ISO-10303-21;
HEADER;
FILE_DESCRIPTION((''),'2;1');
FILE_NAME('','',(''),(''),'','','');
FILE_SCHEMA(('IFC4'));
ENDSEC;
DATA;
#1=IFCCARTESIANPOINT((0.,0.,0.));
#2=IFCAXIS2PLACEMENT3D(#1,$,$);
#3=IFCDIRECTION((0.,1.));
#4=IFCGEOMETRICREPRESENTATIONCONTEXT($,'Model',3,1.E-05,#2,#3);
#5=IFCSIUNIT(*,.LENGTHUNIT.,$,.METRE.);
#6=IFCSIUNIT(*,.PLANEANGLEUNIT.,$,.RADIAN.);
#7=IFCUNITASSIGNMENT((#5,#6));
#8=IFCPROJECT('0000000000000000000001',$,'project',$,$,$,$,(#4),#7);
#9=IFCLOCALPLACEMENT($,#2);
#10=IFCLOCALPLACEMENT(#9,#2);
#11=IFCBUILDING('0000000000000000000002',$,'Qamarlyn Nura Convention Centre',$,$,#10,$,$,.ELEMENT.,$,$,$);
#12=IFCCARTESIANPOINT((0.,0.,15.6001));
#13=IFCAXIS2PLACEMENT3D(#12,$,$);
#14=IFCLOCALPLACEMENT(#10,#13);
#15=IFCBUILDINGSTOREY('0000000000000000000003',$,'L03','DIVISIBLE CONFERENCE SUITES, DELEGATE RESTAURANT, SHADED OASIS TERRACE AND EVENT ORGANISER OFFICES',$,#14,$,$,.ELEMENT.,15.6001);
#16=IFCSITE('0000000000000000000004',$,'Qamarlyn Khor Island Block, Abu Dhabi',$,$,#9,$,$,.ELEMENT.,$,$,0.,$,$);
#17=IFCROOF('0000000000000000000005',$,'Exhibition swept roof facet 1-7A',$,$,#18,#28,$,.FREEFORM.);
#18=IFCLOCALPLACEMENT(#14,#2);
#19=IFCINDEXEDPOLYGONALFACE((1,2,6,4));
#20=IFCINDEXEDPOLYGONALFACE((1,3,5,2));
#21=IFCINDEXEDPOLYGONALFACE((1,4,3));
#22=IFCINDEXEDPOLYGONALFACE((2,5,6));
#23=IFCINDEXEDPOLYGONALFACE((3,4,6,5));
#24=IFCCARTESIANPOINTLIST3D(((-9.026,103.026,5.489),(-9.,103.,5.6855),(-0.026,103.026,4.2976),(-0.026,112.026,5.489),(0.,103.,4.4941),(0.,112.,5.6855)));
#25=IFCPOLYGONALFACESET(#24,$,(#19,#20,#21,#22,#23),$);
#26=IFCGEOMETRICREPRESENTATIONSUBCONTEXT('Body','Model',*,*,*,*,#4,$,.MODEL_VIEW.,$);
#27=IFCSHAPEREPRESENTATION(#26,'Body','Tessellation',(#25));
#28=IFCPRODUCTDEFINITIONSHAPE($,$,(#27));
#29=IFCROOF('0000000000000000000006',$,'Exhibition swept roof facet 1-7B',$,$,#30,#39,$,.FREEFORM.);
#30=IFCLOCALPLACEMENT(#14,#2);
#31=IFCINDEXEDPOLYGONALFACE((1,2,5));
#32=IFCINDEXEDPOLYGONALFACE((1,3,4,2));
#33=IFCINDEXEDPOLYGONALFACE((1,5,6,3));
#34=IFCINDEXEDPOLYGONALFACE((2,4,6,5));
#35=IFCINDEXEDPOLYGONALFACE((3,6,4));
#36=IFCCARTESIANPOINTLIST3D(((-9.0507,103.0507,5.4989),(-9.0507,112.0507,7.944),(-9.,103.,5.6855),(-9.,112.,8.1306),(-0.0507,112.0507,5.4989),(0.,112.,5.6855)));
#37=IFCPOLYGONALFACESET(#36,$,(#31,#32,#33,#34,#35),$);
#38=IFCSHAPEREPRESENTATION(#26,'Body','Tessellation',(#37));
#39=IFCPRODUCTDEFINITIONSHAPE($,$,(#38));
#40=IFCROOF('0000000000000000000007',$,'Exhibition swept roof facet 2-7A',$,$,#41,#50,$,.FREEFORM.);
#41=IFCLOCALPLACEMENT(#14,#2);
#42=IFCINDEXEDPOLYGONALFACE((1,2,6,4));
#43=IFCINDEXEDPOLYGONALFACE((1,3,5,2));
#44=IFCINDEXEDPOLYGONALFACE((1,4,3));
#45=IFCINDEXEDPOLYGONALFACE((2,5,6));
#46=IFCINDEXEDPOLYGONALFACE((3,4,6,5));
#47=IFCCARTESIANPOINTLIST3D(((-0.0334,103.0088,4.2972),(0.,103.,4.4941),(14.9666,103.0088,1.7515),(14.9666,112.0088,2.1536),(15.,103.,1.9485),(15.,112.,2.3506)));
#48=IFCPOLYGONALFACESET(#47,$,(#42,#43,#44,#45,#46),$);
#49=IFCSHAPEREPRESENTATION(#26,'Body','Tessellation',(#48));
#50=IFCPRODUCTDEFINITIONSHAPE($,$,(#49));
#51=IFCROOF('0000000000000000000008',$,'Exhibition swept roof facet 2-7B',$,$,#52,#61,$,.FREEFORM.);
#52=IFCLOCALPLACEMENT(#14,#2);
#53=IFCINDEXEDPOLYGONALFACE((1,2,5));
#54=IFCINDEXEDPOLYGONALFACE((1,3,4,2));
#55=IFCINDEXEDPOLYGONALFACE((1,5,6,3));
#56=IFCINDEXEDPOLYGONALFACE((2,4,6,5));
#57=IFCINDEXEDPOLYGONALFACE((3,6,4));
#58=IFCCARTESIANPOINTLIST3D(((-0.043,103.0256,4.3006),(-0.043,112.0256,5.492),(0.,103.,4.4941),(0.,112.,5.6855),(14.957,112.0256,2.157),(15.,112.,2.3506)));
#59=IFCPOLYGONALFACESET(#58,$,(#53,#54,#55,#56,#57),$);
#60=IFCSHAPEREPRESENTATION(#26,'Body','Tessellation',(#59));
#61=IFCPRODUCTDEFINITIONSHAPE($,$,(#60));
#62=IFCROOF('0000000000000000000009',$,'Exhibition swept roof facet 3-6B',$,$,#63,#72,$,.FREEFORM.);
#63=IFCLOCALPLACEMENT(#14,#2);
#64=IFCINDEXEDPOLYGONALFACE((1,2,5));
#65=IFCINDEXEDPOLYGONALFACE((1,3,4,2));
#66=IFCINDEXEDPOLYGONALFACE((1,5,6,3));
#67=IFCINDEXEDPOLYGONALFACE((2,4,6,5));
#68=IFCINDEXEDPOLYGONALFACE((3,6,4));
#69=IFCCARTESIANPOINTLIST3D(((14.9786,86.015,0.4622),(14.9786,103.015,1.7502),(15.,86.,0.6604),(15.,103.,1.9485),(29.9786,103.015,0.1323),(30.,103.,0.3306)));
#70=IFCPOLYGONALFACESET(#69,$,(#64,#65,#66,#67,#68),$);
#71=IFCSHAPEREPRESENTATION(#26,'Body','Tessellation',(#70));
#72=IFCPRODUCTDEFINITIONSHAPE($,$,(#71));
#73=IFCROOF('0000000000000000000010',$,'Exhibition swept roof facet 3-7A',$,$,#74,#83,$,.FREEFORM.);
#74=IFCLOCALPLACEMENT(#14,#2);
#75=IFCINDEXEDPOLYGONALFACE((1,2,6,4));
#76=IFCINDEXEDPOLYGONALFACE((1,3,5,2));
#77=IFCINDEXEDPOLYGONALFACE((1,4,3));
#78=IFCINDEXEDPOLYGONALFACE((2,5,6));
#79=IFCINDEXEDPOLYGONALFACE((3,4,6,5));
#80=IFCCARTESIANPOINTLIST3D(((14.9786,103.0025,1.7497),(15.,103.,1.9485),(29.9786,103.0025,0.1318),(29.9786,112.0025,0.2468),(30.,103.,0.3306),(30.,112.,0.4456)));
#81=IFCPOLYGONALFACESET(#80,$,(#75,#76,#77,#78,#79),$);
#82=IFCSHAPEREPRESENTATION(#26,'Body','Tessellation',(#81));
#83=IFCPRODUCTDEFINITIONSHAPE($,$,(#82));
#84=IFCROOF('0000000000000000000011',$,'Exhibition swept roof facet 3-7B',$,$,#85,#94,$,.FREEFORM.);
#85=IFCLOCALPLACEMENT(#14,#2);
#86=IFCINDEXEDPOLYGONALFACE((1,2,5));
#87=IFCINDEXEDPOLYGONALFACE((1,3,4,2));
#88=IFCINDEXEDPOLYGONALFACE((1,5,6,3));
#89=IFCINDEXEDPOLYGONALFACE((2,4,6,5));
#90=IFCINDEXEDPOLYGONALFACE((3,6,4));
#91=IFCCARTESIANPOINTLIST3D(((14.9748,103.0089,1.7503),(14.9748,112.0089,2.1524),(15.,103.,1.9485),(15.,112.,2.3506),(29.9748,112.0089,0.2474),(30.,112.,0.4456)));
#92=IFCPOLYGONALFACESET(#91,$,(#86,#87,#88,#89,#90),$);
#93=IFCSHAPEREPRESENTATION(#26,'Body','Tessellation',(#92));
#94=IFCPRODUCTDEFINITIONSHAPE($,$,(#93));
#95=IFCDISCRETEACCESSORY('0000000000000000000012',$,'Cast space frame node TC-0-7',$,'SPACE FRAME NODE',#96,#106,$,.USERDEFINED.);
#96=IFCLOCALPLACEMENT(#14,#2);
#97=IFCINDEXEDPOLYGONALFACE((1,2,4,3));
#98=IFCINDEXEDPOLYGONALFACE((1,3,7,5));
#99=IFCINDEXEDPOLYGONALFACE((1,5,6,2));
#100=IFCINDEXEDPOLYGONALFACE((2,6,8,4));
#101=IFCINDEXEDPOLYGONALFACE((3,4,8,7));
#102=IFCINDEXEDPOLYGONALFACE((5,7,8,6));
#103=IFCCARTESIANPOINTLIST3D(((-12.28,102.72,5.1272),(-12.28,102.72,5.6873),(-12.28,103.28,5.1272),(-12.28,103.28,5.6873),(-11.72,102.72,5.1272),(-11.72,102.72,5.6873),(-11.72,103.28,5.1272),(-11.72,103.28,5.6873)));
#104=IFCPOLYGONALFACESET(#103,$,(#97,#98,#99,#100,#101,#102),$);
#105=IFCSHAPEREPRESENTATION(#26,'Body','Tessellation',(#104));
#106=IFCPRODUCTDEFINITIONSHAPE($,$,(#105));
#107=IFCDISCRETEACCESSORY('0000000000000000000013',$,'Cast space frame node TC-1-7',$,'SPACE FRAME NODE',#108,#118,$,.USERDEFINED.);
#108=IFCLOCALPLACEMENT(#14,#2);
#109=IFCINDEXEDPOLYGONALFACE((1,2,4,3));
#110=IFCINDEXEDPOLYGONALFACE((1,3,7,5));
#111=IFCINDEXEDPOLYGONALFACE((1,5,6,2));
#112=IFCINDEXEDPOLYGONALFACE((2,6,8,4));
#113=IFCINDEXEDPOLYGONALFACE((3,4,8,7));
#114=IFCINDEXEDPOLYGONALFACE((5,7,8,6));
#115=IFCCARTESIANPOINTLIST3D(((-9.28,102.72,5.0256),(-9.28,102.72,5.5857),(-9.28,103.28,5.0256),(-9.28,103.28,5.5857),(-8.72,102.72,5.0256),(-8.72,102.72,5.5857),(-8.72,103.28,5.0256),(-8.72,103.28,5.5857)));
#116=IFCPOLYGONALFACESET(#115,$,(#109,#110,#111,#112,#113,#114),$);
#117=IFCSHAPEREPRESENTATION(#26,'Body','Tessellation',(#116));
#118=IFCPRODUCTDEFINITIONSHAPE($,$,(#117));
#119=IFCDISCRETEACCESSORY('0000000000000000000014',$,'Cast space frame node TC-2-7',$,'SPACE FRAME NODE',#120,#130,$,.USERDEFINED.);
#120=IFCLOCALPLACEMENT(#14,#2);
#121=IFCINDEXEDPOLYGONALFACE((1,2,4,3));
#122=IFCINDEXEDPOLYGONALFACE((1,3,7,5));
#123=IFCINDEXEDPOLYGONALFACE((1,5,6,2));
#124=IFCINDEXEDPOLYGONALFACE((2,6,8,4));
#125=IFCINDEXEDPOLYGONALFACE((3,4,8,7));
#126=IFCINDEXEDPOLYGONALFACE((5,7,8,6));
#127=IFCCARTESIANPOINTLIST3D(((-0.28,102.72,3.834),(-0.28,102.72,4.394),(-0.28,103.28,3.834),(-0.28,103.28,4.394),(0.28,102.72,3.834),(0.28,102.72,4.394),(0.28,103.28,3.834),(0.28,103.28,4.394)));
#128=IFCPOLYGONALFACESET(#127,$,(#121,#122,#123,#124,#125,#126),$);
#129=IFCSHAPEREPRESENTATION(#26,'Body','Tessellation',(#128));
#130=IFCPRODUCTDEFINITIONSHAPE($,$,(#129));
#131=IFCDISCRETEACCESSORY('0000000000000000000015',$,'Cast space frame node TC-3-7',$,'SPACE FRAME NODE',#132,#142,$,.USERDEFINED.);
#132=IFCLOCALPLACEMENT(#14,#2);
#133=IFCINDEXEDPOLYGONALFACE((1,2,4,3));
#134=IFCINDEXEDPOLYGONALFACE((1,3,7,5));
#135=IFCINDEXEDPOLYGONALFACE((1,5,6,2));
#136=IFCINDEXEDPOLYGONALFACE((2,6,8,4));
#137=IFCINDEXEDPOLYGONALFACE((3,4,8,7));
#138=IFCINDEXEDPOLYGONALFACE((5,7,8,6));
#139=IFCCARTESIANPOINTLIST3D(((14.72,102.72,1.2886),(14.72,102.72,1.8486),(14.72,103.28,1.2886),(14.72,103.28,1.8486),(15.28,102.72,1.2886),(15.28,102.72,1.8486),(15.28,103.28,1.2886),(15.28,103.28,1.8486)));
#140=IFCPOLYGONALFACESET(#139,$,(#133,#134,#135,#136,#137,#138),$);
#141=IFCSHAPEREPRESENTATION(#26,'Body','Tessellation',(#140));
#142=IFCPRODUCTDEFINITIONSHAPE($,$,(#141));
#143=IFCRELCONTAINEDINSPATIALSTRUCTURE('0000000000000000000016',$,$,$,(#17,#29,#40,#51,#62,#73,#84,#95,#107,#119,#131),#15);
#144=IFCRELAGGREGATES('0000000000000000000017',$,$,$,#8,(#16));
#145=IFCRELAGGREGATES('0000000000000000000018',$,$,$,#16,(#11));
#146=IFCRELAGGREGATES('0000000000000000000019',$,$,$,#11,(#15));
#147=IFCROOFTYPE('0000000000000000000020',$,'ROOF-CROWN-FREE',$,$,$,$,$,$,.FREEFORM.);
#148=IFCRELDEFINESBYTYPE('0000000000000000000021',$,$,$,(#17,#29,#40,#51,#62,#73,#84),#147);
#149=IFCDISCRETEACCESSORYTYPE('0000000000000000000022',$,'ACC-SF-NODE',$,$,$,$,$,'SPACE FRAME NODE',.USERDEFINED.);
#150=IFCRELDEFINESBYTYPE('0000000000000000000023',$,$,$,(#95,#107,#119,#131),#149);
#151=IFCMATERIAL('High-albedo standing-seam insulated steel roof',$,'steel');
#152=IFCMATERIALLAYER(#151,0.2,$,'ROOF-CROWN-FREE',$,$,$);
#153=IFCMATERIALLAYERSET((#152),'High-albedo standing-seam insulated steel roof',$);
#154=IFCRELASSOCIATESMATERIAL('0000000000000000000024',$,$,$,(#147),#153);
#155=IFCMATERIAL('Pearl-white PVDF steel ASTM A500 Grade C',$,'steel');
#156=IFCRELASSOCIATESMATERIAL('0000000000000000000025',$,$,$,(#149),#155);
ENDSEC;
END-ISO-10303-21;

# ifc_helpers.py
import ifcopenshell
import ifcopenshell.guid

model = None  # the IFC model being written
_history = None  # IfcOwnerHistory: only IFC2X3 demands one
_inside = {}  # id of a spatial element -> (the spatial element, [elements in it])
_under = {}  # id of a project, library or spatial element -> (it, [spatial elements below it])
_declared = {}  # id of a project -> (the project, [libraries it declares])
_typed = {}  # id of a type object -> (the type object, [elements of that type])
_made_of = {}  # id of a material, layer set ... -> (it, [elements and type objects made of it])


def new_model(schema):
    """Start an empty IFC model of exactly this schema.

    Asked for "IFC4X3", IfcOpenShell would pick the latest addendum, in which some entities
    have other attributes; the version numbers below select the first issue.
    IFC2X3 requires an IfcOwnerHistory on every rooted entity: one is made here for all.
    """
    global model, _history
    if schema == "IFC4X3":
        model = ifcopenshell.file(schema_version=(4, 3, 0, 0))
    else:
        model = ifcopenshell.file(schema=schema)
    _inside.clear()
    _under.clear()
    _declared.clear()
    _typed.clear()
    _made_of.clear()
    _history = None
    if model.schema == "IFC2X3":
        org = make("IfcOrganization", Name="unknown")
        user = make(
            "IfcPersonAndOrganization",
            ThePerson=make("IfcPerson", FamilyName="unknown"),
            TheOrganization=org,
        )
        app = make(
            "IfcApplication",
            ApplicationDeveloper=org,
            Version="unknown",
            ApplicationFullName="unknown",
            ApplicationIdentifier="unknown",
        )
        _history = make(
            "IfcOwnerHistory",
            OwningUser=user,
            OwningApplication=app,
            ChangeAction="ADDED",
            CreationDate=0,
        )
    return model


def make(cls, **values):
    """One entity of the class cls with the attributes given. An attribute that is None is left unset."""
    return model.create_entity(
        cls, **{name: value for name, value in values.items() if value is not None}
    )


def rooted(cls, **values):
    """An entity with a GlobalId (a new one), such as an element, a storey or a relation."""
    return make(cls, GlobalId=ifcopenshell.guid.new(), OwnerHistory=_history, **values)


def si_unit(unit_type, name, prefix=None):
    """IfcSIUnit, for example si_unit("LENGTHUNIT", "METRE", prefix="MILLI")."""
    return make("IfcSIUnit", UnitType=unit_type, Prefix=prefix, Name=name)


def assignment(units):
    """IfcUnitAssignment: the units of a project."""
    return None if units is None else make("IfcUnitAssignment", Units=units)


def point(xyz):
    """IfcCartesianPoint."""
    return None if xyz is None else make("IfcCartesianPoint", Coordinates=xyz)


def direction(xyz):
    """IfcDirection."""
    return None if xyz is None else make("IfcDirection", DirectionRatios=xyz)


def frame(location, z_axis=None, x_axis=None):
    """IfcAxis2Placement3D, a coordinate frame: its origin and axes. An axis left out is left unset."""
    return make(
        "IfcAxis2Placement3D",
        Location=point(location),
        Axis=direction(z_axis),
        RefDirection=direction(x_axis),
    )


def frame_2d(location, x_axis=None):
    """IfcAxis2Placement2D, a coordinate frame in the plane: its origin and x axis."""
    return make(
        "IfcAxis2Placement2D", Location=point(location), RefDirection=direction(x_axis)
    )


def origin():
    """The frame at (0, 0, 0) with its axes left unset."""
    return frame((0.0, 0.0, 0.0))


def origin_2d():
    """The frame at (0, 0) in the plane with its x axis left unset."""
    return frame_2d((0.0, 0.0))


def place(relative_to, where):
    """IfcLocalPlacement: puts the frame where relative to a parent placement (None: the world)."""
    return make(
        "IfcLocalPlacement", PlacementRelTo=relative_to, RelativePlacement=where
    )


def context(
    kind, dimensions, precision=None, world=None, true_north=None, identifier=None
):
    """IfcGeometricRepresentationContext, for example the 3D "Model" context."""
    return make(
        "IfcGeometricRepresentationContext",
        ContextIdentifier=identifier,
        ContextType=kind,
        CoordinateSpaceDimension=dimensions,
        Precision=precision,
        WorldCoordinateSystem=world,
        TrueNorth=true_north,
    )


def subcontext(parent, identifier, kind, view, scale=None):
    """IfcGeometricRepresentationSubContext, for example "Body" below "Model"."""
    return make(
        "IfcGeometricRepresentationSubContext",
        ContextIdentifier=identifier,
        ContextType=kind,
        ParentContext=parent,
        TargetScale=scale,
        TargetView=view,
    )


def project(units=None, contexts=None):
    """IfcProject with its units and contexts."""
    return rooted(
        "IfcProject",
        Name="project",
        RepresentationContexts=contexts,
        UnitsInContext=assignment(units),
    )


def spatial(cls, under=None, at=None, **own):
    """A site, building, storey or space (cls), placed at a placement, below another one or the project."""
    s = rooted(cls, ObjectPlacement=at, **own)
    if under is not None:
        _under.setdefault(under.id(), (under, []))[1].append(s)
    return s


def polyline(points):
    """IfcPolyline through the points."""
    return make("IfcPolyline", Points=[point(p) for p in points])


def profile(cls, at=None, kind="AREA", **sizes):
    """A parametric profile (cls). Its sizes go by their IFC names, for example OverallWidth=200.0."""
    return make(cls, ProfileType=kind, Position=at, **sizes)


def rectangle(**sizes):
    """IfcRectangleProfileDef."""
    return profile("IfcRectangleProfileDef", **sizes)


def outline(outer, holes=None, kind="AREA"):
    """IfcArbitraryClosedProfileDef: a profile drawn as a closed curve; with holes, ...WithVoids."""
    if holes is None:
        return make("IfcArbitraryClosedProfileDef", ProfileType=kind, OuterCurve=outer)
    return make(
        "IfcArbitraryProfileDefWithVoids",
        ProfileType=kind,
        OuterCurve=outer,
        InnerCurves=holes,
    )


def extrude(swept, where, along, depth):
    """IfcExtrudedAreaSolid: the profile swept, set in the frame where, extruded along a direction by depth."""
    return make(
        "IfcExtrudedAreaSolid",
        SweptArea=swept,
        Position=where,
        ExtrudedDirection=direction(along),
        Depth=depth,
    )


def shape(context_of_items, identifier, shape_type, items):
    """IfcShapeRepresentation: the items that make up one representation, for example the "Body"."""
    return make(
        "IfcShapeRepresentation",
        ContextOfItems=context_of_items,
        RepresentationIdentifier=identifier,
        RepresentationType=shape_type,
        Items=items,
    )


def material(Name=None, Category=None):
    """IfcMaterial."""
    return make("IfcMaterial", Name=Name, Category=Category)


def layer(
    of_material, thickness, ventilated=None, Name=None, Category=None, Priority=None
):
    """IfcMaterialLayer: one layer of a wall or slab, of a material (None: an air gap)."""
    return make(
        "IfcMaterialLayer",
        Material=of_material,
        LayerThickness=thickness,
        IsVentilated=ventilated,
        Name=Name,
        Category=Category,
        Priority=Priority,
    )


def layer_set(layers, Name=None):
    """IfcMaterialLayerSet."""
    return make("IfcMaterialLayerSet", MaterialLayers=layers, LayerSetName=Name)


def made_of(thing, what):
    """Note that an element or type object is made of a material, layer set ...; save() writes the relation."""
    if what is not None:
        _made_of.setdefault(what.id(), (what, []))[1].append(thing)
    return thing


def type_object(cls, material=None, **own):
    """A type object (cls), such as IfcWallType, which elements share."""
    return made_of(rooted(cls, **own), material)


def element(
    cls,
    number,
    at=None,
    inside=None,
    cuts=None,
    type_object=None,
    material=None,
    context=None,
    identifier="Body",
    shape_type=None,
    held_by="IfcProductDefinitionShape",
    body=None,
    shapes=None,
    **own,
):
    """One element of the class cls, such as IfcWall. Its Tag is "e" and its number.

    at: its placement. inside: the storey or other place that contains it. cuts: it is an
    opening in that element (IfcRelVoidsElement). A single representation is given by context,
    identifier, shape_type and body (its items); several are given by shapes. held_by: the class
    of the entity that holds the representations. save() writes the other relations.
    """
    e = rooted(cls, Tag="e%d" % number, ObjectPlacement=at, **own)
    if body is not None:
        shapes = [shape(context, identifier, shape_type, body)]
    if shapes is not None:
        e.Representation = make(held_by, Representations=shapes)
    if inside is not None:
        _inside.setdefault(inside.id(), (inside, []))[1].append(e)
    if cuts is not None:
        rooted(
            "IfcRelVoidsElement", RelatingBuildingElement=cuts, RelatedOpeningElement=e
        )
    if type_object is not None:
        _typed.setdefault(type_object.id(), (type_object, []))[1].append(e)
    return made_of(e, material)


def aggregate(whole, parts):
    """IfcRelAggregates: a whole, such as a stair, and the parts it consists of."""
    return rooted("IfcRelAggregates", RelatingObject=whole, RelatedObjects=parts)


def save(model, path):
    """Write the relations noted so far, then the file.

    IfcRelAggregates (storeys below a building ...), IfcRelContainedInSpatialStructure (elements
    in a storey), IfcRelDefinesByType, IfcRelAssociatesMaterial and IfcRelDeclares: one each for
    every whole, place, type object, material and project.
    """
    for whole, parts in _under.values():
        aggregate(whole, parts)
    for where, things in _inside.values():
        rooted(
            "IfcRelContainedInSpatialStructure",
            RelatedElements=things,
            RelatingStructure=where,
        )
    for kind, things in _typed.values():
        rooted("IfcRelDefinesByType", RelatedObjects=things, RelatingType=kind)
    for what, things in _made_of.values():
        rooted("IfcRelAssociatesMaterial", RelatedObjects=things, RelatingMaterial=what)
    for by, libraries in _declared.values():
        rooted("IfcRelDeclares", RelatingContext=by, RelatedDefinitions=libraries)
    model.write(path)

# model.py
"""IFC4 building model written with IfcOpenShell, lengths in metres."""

from ifc_helpers import new_model, si_unit, direction, frame, origin, origin_2d, place, context, subcontext, project, spatial, polyline, rectangle, outline, extrude, material, layer, layer_set, type_object, element, save


model = new_model("IFC4")

# Units and contexts
model_context = context("Model", 3, precision=1e-05, world=origin(), true_north=direction((0.0, 1.0)))
body_context = subcontext(model_context, "Body", "Model", "MODEL_VIEW")
ifc_project = project(units=[si_unit("LENGTHUNIT", "METRE"), si_unit("PLANEANGLEUNIT", "RADIAN")], contexts=[model_context])

# Site, building, storey
site_placement = place(None, origin())
site = spatial("IfcSite", under=ifc_project, at=site_placement, Name="Qamarlyn Khor Island Block, Abu Dhabi", CompositionType="ELEMENT", RefElevation=0.0)
building_placement = place(site_placement, origin())
building = spatial("IfcBuilding", under=site, at=building_placement, Name="Qamarlyn Nura Convention Centre", CompositionType="ELEMENT")
storey_placement = place(building_placement, frame((0.0, 0.0, 15.6001)))
storey = spatial("IfcBuildingStorey", under=building, at=storey_placement, Name="L03", Description="DIVISIBLE CONFERENCE SUITES, DELEGATE RESTAURANT, SHADED OASIS TERRACE AND EVENT ORGANISER OFFICES", CompositionType="ELEMENT", Elevation=15.6001)

# Shared definitions
ifc_material_1 = material(Name="Pearl-white PVDF steel ASTM A500 Grade C", Category="steel")

# Roofs
ifc_material_2 = material(Name="High-albedo standing-seam insulated steel roof", Category="steel")
ifc_layer = layer(ifc_material_2, 0.2, Name="ROOF-CROWN-FREE")
ifc_layer_set = layer_set([ifc_layer], Name="High-albedo standing-seam insulated steel roof")
roof_type = type_object("IfcRoofType", Name="ROOF-CROWN-FREE", PredefinedType="FREEFORM", material=ifc_layer_set)
roof_1_placement = place(storey_placement, frame((-9.0, 103.0, 5.6855), z_axis=(0.130118, -0.130118, 0.982924), x_axis=(0.991351, 0.0, -0.131234)))
element("IfcRoof", 1, at=roof_1_placement, inside=storey, type_object=roof_type, Name="Exhibition swept roof facet 1-7A", PredefinedType="FREEFORM", context=body_context, shape_type="SweptSolid", body=[
    extrude(outline(polyline([(0.0, 0.0), (9.0785, 0.0), (8.9222, 9.0772), (0.0, 0.0)])), origin(), (0.0, 0.0, -1.0), 0.2),
])
roof_2_placement = place(storey_placement, frame((-9.0, 103.0, 5.6855), z_axis=(0.253601, -0.253601, 0.933474), x_axis=(0.707107, 0.707107, 0.0)))
element("IfcRoof", 2, at=roof_2_placement, inside=storey, type_object=roof_type, Name="Exhibition swept roof facet 1-7B", PredefinedType="FREEFORM", context=body_context, shape_type="SweptSolid", body=[
    extrude(outline(polyline([(0.0, 0.0), (12.7279, 0.0), (6.364, 6.8175), (0.0, 0.0)])), origin(), (0.0, 0.0, -1.0), 0.2),
])
roof_3_placement = place(storey_placement, frame((0.0, 103.0, 4.4941), z_axis=(0.167156, -0.044005, 0.984948), x_axis=(0.985903, 0.0, -0.167318)))
element("IfcRoof", 3, at=roof_3_placement, inside=storey, type_object=roof_type, Name="Exhibition swept roof facet 2-7A", PredefinedType="FREEFORM", context=body_context, shape_type="SweptSolid", body=[
    extrude(outline(polyline([(0.0, 0.0), (15.2145, 0.0), (15.1472, 9.0087), (0.0, 0.0)])), origin(), (0.0, 0.0, -1.0), 0.2),
])
roof_4_placement = place(storey_placement, frame((0.0, 103.0, 4.4941), z_axis=(0.215242, -0.128158, 0.968115), x_axis=(0.851127, 0.510676, -0.121629)))
element("IfcRoof", 4, at=roof_4_placement, inside=storey, type_object=roof_type, Name="Exhibition swept roof facet 2-7B", PredefinedType="FREEFORM", context=body_context, shape_type="SweptSolid", body=[
    extrude(outline(polyline([(0.0, 0.0), (17.6237, 0.0), (4.4512, 7.9124), (0.0, 0.0)])), origin(), (0.0, 0.0, -1.0), 0.2),
])
roof_5_placement = place(storey_placement, frame((15.0, 86.0, 0.6604), z_axis=(0.106936, -0.07512, 0.991424), x_axis=(0.661552, 0.749759, -0.014547)))
element("IfcRoof", 5, at=roof_5_placement, inside=storey, type_object=roof_type, Name="Exhibition swept roof facet 3-6B", PredefinedType="FREEFORM", context=body_context, shape_type="SweptSolid", body=[
    extrude(outline(polyline([(0.0, 0.0), (22.674, 0.0), (12.7272, 11.3437), (0.0, 0.0)])), origin(), (0.0, 0.0, -1.0), 0.2),
])
roof_6_placement = place(storey_placement, frame((15.0, 103.0, 1.9485), z_axis=(0.107231, -0.012702, 0.994153), x_axis=(0.994233, 0.0, -0.107239)))
element("IfcRoof", 6, at=roof_6_placement, inside=storey, type_object=roof_type, Name="Exhibition swept roof facet 3-7A", PredefinedType="FREEFORM", context=body_context, shape_type="SweptSolid", body=[
    extrude(outline(polyline([(0.0, 0.0), (15.087, 0.0), (15.0747, 9.0007), (0.0, 0.0)])), origin(), (0.0, 0.0, -1.0), 0.2),
])
roof_7_placement = place(storey_placement, frame((15.0, 103.0, 1.9485), z_axis=(0.125866, -0.044278, 0.991059), x_axis=(0.854345, 0.512607, -0.085601)))
element("IfcRoof", 7, at=roof_7_placement, inside=storey, type_object=roof_type, Name="Exhibition swept roof facet 3-7B", PredefinedType="FREEFORM", context=body_context, shape_type="SweptSolid", body=[
    extrude(outline(polyline([(0.0, 0.0), (17.5573, 0.0), (4.579, 7.7585), (0.0, 0.0)])), origin(), (0.0, 0.0, -1.0), 0.2),
])

# Discrete accessories
discrete_accessory_type = type_object("IfcDiscreteAccessoryType", Name="ACC-SF-NODE", ElementType="SPACE FRAME NODE", PredefinedType="USERDEFINED", material=ifc_material_1)
for number, where, z_axis, x_axis, name in (
    (8, (-12.0, 103.0, 5.1272), (0.0, 0.0, 1.0), (1.0, 0.0, 0.0), "Cast space frame node TC-0-7"),
    (9, (-9.0, 103.0, 5.0256), (0.0, 0.0, 1.0), (1.0, 0.0, 0.0), "Cast space frame node TC-1-7"),
    (10, (0.0, 103.0, 3.834), (0.0, 0.0, 1.0), (1.0, 0.0, 0.0), "Cast space frame node TC-2-7"),
    (11, (15.0, 103.0, 1.2886), (0.0, 0.0, 1.0), (1.0, 0.0, 0.0), "Cast space frame node TC-3-7"),
):
    element("IfcDiscreteAccessory", number, at=place(storey_placement, frame(where, z_axis=z_axis, x_axis=x_axis)), inside=storey, type_object=discrete_accessory_type, Name=name, ObjectType="SPACE FRAME NODE", PredefinedType="USERDEFINED", context=body_context, shape_type="SweptSolid", body=[
        extrude(rectangle(XDim=0.5601, YDim=0.5601, at=origin_2d()), origin(), (0.0, 0.0, 1.0), 0.5601),
    ])

save(model, "model.ifc")
